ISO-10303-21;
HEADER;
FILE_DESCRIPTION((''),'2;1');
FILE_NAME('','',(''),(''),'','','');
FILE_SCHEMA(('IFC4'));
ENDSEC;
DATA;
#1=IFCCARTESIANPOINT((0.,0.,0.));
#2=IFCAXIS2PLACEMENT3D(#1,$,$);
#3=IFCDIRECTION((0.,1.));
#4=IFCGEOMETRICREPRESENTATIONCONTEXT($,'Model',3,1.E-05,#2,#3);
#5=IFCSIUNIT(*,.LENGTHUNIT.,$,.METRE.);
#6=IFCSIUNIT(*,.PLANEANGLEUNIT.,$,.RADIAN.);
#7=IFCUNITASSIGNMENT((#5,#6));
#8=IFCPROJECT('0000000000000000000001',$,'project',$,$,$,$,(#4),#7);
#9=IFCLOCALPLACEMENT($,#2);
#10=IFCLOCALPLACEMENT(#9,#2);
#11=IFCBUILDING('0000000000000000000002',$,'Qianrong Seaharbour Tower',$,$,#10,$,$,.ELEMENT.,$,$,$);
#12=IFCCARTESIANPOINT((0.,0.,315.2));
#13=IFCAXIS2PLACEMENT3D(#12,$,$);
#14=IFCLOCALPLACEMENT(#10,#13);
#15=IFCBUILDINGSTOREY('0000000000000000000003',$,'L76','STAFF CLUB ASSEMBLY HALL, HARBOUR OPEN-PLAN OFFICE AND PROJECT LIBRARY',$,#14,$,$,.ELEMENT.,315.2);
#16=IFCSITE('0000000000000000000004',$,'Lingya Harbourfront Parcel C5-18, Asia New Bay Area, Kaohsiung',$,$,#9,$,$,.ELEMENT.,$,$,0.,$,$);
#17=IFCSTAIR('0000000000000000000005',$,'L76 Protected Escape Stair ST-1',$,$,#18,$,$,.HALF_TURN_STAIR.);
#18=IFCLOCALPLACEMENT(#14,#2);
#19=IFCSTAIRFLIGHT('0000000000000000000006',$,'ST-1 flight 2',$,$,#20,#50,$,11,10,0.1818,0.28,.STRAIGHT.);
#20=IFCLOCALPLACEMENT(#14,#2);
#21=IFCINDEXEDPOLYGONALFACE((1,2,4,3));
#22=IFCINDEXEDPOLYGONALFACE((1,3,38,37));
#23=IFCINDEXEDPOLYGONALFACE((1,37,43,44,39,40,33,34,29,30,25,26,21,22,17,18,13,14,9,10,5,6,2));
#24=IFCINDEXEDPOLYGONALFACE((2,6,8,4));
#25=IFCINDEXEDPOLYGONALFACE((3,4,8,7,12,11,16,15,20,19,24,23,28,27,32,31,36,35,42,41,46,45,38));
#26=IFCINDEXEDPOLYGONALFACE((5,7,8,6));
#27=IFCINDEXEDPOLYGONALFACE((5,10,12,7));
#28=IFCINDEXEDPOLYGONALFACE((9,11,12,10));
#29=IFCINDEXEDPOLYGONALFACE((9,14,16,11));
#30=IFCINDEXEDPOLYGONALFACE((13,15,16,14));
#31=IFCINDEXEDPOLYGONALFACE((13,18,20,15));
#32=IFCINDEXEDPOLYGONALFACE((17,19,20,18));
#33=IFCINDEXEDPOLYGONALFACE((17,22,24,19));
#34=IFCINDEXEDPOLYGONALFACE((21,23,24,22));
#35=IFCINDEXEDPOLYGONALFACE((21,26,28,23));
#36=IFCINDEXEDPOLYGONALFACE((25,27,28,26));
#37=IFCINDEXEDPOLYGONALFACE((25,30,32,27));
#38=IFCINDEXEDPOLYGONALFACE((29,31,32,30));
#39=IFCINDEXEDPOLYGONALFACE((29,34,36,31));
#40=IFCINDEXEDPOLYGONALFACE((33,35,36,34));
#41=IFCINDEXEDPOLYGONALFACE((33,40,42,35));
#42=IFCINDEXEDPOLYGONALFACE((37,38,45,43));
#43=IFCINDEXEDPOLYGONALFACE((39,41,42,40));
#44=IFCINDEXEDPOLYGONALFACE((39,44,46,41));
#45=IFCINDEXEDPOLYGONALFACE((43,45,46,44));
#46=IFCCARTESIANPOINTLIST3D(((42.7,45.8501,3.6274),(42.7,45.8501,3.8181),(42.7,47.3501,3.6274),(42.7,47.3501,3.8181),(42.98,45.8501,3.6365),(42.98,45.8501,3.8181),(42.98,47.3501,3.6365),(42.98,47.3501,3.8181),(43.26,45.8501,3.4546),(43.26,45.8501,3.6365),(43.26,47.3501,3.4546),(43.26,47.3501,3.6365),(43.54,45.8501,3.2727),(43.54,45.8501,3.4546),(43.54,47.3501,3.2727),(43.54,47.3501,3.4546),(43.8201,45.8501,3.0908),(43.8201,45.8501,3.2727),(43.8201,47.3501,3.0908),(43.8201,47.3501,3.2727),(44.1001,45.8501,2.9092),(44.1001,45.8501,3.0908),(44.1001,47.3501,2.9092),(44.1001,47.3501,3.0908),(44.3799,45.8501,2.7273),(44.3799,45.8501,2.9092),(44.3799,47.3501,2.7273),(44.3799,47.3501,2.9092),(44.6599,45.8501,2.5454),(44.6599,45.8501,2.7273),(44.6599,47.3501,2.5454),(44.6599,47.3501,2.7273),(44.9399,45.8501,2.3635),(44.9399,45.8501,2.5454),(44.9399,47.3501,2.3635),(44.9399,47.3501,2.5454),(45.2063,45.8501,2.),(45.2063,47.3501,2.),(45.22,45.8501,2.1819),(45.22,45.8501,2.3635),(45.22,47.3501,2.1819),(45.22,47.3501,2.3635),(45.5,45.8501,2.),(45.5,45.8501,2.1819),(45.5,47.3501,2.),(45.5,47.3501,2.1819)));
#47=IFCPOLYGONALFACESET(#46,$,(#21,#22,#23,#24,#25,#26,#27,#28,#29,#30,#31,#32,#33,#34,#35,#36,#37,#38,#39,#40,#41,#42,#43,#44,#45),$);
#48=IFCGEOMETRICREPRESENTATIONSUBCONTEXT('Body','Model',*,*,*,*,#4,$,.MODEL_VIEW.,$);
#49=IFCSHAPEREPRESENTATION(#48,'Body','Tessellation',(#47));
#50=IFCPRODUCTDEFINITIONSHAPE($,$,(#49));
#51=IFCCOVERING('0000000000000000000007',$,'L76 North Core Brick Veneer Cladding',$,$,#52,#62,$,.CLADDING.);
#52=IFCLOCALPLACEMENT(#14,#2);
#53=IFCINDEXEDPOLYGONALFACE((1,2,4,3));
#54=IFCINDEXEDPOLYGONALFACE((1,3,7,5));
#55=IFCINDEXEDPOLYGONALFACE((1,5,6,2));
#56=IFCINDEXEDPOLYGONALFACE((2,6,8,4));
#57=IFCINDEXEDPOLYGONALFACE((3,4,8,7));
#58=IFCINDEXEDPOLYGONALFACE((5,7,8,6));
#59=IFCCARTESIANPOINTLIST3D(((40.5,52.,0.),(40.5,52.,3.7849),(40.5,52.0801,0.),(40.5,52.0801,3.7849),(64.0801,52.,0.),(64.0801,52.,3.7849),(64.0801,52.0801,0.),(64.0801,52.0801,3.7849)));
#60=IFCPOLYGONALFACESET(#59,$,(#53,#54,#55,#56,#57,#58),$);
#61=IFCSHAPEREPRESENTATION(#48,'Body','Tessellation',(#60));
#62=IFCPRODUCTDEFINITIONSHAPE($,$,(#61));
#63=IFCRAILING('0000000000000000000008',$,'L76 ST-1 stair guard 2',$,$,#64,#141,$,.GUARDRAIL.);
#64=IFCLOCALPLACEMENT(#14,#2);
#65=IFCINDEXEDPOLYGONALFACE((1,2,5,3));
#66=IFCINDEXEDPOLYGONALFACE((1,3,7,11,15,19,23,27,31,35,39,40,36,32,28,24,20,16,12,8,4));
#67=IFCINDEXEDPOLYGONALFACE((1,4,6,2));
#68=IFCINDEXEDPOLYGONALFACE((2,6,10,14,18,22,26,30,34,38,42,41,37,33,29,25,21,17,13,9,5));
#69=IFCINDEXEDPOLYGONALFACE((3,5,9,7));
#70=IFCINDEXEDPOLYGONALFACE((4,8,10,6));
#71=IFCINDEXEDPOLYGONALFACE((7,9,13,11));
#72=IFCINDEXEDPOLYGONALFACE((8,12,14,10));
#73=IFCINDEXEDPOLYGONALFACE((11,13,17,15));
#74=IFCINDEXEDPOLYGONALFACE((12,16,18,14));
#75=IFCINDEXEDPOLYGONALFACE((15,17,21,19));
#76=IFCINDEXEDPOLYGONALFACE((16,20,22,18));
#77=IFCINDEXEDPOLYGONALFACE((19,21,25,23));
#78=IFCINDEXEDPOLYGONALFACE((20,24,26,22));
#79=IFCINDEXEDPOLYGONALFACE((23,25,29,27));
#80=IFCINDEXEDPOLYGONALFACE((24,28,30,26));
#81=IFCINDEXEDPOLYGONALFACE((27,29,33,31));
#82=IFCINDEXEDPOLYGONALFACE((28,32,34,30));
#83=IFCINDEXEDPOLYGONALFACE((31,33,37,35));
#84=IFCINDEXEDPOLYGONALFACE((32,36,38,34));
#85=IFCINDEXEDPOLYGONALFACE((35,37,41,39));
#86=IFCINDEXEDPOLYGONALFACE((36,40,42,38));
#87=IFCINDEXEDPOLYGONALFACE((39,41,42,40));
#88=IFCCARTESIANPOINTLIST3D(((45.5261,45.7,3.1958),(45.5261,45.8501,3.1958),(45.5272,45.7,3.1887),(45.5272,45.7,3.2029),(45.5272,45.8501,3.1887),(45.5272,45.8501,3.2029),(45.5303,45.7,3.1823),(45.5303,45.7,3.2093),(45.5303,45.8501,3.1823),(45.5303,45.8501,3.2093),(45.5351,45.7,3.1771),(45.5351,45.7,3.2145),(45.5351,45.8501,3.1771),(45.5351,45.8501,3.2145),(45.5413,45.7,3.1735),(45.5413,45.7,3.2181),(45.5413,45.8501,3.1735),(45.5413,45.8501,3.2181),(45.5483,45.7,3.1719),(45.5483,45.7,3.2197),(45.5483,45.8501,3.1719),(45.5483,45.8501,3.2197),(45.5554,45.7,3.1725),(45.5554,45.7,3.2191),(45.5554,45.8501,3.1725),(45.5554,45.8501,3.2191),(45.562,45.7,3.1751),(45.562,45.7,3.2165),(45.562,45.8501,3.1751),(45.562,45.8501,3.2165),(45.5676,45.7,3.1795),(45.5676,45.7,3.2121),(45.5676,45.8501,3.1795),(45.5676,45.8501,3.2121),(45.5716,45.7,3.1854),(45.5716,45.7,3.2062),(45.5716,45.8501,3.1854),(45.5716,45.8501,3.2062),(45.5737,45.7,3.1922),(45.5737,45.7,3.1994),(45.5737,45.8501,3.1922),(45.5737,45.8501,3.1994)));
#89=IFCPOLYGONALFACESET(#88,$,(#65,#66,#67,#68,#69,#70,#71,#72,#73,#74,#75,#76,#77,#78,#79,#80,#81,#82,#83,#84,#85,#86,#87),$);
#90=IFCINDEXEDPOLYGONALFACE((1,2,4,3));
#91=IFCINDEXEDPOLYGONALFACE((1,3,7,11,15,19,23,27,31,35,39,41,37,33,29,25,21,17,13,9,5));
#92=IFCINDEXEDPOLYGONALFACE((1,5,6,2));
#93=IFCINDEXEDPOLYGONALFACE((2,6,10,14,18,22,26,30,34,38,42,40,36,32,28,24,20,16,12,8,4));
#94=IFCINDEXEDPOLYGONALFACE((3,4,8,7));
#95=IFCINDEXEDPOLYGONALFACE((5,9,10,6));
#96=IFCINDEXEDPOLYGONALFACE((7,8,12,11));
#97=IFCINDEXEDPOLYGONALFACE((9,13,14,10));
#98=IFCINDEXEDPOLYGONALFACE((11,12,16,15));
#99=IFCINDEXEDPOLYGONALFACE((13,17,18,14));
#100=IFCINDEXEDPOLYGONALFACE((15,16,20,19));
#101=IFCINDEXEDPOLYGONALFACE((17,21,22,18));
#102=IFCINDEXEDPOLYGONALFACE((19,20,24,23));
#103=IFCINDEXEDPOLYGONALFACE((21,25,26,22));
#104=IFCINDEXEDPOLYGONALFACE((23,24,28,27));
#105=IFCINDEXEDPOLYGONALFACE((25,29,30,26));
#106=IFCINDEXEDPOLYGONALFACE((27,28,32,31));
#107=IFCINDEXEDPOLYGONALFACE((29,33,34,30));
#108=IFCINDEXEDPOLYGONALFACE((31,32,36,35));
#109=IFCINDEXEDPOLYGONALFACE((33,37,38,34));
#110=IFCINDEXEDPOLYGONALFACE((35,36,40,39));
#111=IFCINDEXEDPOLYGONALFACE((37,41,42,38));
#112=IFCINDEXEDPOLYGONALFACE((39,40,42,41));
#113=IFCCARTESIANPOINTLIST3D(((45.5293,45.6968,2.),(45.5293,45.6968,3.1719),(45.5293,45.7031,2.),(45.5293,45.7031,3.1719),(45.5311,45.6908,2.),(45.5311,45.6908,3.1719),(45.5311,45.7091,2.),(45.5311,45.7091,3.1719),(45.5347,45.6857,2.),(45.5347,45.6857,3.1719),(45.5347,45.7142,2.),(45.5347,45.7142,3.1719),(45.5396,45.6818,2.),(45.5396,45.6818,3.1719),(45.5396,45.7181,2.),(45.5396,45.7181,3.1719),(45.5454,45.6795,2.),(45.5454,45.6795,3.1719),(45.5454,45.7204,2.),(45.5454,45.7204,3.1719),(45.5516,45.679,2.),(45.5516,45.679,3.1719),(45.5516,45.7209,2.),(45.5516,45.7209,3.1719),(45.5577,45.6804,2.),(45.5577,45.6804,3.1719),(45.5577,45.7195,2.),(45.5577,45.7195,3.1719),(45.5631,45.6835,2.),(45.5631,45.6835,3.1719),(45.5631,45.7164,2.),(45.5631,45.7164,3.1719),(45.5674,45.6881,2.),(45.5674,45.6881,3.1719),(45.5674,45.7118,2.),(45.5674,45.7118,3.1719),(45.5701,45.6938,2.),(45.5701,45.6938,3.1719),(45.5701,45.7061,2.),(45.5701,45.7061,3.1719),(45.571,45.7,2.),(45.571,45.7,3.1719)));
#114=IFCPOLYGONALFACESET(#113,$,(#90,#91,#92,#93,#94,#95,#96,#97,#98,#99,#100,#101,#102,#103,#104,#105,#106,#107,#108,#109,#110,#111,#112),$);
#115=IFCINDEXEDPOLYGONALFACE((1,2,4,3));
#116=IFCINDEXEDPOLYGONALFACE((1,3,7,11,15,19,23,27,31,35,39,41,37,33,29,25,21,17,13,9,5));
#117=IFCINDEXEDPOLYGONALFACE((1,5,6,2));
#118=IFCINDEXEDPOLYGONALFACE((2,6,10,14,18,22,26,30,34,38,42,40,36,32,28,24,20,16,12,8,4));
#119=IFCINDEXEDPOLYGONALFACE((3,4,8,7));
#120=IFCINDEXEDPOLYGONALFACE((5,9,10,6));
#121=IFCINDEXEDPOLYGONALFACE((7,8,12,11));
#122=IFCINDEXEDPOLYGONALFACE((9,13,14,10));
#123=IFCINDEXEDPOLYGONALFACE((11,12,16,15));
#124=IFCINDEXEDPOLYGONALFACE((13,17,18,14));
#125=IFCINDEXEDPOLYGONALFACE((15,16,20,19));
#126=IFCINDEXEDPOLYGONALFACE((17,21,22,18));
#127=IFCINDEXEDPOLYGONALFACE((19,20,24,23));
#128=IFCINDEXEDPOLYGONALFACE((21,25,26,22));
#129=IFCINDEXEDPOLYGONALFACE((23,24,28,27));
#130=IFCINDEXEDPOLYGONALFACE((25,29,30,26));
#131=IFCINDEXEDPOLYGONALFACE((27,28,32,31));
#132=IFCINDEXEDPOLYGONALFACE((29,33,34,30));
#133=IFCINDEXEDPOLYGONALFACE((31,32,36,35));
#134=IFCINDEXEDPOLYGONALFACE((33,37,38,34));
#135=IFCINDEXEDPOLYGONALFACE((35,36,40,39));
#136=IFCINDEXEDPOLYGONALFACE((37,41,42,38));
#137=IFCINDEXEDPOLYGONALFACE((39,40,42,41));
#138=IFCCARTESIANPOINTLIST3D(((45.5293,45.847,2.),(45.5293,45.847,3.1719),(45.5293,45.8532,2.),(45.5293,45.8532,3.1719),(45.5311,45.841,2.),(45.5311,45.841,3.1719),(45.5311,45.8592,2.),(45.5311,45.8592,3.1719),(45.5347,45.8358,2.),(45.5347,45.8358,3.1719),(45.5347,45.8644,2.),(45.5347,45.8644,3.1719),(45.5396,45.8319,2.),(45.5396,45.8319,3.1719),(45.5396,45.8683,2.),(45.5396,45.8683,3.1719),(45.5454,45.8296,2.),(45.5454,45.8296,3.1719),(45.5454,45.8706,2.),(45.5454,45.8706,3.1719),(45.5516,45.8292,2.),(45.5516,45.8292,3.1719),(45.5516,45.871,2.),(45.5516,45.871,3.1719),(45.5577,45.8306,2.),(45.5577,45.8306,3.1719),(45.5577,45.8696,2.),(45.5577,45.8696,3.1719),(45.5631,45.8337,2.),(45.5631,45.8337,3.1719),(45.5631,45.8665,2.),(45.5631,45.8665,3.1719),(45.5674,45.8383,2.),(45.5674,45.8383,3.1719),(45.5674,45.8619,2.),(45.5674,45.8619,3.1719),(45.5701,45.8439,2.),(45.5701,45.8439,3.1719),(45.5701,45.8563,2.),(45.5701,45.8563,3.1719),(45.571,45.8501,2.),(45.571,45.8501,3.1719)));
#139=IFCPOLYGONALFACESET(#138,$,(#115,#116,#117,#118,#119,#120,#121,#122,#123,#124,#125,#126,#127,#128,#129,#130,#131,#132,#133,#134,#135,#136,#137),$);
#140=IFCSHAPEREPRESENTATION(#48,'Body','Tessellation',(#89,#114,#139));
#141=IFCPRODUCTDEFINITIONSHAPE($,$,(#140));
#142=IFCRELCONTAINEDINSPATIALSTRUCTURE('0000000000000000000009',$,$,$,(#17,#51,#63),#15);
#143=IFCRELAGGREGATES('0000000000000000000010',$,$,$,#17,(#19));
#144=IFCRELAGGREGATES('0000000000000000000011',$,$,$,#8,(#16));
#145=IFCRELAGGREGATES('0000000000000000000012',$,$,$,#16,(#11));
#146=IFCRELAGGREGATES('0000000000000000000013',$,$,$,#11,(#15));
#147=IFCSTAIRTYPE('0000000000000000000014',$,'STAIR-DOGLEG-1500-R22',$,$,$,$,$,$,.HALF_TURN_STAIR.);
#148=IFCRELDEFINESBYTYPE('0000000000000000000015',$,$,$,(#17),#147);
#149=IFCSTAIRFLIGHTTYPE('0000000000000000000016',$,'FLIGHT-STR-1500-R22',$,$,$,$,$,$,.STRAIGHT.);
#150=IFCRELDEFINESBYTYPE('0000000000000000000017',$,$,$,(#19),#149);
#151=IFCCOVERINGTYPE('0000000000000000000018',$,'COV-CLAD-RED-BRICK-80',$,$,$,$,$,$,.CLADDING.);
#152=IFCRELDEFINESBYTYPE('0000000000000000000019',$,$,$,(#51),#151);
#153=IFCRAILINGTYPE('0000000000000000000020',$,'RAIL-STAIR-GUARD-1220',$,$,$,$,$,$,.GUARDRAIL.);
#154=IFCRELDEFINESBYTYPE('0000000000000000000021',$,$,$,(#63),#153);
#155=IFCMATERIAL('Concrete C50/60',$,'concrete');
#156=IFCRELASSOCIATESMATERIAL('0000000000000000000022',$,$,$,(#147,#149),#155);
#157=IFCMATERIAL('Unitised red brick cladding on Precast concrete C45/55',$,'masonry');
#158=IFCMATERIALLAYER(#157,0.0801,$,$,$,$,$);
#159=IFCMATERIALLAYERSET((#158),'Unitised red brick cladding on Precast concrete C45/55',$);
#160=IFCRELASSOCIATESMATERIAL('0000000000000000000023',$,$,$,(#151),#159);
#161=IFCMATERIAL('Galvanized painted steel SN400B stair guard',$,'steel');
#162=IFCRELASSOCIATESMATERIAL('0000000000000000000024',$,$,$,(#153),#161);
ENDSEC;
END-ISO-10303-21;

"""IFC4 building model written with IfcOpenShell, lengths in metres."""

from ifc_helpers import new_model, si_unit, direction, frame, origin, origin_2d, place, context, subcontext, project, spatial, polyline, rectangle, circle, outline, extrude, material, layer, layer_set, type_object, element, aggregate, save


model = new_model("IFC4")

# Units and contexts
model_context = context("Model", 3, precision=1e-05, world=origin(), true_north=direction((0.0, 1.0)))
body_context = subcontext(model_context, "Body", "Model", "MODEL_VIEW")
ifc_project = project(units=[si_unit("LENGTHUNIT", "METRE"), si_unit("PLANEANGLEUNIT", "RADIAN")], contexts=[model_context])

# Site, building, storey
site_placement = place(None, origin())
site = spatial("IfcSite", under=ifc_project, at=site_placement, Name="Lingya Harbourfront Parcel C5-18, Asia New Bay Area, Kaohsiung", CompositionType="ELEMENT", RefElevation=0.0)
building_placement = place(site_placement, origin())
building = spatial("IfcBuilding", under=site, at=building_placement, Name="Qianrong Seaharbour Tower", CompositionType="ELEMENT")
storey_placement = place(building_placement, frame((0.0, 0.0, 315.2)))
storey = spatial("IfcBuildingStorey", under=building, at=storey_placement, Name="L76", Description="STAFF CLUB ASSEMBLY HALL, HARBOUR OPEN-PLAN OFFICE AND PROJECT LIBRARY", CompositionType="ELEMENT", Elevation=315.2)

# Shared definitions
ifc_material_1 = material(Name="Concrete C50/60", Category="concrete")

# Stair, stair flight
stair_type = type_object("IfcStairType", Name="STAIR-DOGLEG-1500-R22", PredefinedType="HALF_TURN_STAIR", material=ifc_material_1)
stair_placement = place(storey_placement, origin())
stair = element("IfcStair", 1, at=stair_placement, inside=storey, type_object=stair_type, Name="L76 Protected Escape Stair ST-1", PredefinedType="HALF_TURN_STAIR")
stair_flight_type = type_object("IfcStairFlightType", Name="FLIGHT-STR-1500-R22", PredefinedType="STRAIGHT", material=ifc_material_1)
stair_flight_placement = place(storey_placement, frame((45.5, 46.6001, 2.0), z_axis=(0.0, 0.0, 1.0), x_axis=(-1.0, 0.0, 0.0)))
stair_flight = element("IfcStairFlight", 2, at=stair_flight_placement, type_object=stair_flight_type, Name="ST-1 flight 2", NumberOfRisers=11, NumberOfTreads=10, PredefinedType="STRAIGHT", RiserHeight=0.1818, TreadLength=0.28, context=body_context, shape_type="SweptSolid", body=[
    extrude(outline(polyline([(0.0, 0.0), (0.0, 0.1819), (0.28, 0.1819), (0.28, 0.3635), (0.5601, 0.3635), (0.5601, 0.5454), (0.8401, 0.5454), (0.8401, 0.7273), (1.1201, 0.7273), (1.1201, 0.9092), (1.3999, 0.9092), (1.3999, 1.0908), (1.6799, 1.0908), (1.6799, 1.2727), (1.96, 1.2727), (1.96, 1.4546), (2.24, 1.4546), (2.24, 1.6365), (2.52, 1.6365), (2.52, 1.8181), (2.8, 1.8181), (2.8, 2.0), (2.8, 1.6274), (0.2937, 0.0), (0.0, 0.0)])), frame((0.0, 0.75, 0.0), z_axis=(0.0, -1.0, 0.0), x_axis=(1.0, 0.0, 0.0)), (0.0, 0.0, 1.0), 1.5),
])
aggregate(stair, [stair_flight])

# Covering
ifc_material_2 = material(Name="Unitised red brick cladding on Precast concrete C45/55", Category="masonry")
ifc_layer_1 = layer(ifc_material_2, 0.0801)
ifc_layer_set_1 = layer_set([ifc_layer_1], Name="Unitised red brick cladding on Precast concrete C45/55")
covering_type = type_object("IfcCoveringType", Name="COV-CLAD-RED-BRICK-80", PredefinedType="CLADDING", material=ifc_layer_set_1)
covering_placement = place(storey_placement, frame((52.29, 52.04, 0.0), z_axis=(0.0, 0.0, 1.0), x_axis=(1.0, 0.0, 0.0)))
element("IfcCovering", 3, at=covering_placement, inside=storey, type_object=covering_type, Name="L76 North Core Brick Veneer Cladding", PredefinedType="CLADDING", context=body_context, shape_type="SweptSolid", body=[
    extrude(rectangle(XDim=23.5801, YDim=0.0801, at=origin_2d()), origin(), (0.0, 0.0, 1.0), 3.7849),
])

# Railing
ifc_material_3 = material(Name="Galvanized painted steel SN400B stair guard", Category="steel")
railing_type_1 = type_object("IfcRailingType", Name="RAIL-STAIR-GUARD-1220", PredefinedType="GUARDRAIL", material=ifc_material_3)
railing_1_placement = place(storey_placement, frame((45.55, 45.7, 2.0)))
element("IfcRailing", 4, at=railing_1_placement, inside=storey, type_object=railing_type_1, Name="L76 ST-1 stair guard 2", PredefinedType="GUARDRAIL", context=body_context, shape_type="SweptSolid", body=[
    extrude(circle(Radius=0.0239, at=origin_2d()), frame((0.0, 0.0, 1.1958), z_axis=(0.0, 1.0, 0.0), x_axis=(-1.0, 0.0, 0.0)), (0.0, 0.0, 1.0), 0.1501),
    extrude(circle(Radius=0.021, at=origin_2d()), origin(), (0.0, 0.0, 1.0), 1.1719),
    extrude(circle(Radius=0.021, at=origin_2d()), frame((0.0, 0.1501, 0.0)), (0.0, 0.0, 1.0), 1.1719),
])

save(model, "model.ifc")
